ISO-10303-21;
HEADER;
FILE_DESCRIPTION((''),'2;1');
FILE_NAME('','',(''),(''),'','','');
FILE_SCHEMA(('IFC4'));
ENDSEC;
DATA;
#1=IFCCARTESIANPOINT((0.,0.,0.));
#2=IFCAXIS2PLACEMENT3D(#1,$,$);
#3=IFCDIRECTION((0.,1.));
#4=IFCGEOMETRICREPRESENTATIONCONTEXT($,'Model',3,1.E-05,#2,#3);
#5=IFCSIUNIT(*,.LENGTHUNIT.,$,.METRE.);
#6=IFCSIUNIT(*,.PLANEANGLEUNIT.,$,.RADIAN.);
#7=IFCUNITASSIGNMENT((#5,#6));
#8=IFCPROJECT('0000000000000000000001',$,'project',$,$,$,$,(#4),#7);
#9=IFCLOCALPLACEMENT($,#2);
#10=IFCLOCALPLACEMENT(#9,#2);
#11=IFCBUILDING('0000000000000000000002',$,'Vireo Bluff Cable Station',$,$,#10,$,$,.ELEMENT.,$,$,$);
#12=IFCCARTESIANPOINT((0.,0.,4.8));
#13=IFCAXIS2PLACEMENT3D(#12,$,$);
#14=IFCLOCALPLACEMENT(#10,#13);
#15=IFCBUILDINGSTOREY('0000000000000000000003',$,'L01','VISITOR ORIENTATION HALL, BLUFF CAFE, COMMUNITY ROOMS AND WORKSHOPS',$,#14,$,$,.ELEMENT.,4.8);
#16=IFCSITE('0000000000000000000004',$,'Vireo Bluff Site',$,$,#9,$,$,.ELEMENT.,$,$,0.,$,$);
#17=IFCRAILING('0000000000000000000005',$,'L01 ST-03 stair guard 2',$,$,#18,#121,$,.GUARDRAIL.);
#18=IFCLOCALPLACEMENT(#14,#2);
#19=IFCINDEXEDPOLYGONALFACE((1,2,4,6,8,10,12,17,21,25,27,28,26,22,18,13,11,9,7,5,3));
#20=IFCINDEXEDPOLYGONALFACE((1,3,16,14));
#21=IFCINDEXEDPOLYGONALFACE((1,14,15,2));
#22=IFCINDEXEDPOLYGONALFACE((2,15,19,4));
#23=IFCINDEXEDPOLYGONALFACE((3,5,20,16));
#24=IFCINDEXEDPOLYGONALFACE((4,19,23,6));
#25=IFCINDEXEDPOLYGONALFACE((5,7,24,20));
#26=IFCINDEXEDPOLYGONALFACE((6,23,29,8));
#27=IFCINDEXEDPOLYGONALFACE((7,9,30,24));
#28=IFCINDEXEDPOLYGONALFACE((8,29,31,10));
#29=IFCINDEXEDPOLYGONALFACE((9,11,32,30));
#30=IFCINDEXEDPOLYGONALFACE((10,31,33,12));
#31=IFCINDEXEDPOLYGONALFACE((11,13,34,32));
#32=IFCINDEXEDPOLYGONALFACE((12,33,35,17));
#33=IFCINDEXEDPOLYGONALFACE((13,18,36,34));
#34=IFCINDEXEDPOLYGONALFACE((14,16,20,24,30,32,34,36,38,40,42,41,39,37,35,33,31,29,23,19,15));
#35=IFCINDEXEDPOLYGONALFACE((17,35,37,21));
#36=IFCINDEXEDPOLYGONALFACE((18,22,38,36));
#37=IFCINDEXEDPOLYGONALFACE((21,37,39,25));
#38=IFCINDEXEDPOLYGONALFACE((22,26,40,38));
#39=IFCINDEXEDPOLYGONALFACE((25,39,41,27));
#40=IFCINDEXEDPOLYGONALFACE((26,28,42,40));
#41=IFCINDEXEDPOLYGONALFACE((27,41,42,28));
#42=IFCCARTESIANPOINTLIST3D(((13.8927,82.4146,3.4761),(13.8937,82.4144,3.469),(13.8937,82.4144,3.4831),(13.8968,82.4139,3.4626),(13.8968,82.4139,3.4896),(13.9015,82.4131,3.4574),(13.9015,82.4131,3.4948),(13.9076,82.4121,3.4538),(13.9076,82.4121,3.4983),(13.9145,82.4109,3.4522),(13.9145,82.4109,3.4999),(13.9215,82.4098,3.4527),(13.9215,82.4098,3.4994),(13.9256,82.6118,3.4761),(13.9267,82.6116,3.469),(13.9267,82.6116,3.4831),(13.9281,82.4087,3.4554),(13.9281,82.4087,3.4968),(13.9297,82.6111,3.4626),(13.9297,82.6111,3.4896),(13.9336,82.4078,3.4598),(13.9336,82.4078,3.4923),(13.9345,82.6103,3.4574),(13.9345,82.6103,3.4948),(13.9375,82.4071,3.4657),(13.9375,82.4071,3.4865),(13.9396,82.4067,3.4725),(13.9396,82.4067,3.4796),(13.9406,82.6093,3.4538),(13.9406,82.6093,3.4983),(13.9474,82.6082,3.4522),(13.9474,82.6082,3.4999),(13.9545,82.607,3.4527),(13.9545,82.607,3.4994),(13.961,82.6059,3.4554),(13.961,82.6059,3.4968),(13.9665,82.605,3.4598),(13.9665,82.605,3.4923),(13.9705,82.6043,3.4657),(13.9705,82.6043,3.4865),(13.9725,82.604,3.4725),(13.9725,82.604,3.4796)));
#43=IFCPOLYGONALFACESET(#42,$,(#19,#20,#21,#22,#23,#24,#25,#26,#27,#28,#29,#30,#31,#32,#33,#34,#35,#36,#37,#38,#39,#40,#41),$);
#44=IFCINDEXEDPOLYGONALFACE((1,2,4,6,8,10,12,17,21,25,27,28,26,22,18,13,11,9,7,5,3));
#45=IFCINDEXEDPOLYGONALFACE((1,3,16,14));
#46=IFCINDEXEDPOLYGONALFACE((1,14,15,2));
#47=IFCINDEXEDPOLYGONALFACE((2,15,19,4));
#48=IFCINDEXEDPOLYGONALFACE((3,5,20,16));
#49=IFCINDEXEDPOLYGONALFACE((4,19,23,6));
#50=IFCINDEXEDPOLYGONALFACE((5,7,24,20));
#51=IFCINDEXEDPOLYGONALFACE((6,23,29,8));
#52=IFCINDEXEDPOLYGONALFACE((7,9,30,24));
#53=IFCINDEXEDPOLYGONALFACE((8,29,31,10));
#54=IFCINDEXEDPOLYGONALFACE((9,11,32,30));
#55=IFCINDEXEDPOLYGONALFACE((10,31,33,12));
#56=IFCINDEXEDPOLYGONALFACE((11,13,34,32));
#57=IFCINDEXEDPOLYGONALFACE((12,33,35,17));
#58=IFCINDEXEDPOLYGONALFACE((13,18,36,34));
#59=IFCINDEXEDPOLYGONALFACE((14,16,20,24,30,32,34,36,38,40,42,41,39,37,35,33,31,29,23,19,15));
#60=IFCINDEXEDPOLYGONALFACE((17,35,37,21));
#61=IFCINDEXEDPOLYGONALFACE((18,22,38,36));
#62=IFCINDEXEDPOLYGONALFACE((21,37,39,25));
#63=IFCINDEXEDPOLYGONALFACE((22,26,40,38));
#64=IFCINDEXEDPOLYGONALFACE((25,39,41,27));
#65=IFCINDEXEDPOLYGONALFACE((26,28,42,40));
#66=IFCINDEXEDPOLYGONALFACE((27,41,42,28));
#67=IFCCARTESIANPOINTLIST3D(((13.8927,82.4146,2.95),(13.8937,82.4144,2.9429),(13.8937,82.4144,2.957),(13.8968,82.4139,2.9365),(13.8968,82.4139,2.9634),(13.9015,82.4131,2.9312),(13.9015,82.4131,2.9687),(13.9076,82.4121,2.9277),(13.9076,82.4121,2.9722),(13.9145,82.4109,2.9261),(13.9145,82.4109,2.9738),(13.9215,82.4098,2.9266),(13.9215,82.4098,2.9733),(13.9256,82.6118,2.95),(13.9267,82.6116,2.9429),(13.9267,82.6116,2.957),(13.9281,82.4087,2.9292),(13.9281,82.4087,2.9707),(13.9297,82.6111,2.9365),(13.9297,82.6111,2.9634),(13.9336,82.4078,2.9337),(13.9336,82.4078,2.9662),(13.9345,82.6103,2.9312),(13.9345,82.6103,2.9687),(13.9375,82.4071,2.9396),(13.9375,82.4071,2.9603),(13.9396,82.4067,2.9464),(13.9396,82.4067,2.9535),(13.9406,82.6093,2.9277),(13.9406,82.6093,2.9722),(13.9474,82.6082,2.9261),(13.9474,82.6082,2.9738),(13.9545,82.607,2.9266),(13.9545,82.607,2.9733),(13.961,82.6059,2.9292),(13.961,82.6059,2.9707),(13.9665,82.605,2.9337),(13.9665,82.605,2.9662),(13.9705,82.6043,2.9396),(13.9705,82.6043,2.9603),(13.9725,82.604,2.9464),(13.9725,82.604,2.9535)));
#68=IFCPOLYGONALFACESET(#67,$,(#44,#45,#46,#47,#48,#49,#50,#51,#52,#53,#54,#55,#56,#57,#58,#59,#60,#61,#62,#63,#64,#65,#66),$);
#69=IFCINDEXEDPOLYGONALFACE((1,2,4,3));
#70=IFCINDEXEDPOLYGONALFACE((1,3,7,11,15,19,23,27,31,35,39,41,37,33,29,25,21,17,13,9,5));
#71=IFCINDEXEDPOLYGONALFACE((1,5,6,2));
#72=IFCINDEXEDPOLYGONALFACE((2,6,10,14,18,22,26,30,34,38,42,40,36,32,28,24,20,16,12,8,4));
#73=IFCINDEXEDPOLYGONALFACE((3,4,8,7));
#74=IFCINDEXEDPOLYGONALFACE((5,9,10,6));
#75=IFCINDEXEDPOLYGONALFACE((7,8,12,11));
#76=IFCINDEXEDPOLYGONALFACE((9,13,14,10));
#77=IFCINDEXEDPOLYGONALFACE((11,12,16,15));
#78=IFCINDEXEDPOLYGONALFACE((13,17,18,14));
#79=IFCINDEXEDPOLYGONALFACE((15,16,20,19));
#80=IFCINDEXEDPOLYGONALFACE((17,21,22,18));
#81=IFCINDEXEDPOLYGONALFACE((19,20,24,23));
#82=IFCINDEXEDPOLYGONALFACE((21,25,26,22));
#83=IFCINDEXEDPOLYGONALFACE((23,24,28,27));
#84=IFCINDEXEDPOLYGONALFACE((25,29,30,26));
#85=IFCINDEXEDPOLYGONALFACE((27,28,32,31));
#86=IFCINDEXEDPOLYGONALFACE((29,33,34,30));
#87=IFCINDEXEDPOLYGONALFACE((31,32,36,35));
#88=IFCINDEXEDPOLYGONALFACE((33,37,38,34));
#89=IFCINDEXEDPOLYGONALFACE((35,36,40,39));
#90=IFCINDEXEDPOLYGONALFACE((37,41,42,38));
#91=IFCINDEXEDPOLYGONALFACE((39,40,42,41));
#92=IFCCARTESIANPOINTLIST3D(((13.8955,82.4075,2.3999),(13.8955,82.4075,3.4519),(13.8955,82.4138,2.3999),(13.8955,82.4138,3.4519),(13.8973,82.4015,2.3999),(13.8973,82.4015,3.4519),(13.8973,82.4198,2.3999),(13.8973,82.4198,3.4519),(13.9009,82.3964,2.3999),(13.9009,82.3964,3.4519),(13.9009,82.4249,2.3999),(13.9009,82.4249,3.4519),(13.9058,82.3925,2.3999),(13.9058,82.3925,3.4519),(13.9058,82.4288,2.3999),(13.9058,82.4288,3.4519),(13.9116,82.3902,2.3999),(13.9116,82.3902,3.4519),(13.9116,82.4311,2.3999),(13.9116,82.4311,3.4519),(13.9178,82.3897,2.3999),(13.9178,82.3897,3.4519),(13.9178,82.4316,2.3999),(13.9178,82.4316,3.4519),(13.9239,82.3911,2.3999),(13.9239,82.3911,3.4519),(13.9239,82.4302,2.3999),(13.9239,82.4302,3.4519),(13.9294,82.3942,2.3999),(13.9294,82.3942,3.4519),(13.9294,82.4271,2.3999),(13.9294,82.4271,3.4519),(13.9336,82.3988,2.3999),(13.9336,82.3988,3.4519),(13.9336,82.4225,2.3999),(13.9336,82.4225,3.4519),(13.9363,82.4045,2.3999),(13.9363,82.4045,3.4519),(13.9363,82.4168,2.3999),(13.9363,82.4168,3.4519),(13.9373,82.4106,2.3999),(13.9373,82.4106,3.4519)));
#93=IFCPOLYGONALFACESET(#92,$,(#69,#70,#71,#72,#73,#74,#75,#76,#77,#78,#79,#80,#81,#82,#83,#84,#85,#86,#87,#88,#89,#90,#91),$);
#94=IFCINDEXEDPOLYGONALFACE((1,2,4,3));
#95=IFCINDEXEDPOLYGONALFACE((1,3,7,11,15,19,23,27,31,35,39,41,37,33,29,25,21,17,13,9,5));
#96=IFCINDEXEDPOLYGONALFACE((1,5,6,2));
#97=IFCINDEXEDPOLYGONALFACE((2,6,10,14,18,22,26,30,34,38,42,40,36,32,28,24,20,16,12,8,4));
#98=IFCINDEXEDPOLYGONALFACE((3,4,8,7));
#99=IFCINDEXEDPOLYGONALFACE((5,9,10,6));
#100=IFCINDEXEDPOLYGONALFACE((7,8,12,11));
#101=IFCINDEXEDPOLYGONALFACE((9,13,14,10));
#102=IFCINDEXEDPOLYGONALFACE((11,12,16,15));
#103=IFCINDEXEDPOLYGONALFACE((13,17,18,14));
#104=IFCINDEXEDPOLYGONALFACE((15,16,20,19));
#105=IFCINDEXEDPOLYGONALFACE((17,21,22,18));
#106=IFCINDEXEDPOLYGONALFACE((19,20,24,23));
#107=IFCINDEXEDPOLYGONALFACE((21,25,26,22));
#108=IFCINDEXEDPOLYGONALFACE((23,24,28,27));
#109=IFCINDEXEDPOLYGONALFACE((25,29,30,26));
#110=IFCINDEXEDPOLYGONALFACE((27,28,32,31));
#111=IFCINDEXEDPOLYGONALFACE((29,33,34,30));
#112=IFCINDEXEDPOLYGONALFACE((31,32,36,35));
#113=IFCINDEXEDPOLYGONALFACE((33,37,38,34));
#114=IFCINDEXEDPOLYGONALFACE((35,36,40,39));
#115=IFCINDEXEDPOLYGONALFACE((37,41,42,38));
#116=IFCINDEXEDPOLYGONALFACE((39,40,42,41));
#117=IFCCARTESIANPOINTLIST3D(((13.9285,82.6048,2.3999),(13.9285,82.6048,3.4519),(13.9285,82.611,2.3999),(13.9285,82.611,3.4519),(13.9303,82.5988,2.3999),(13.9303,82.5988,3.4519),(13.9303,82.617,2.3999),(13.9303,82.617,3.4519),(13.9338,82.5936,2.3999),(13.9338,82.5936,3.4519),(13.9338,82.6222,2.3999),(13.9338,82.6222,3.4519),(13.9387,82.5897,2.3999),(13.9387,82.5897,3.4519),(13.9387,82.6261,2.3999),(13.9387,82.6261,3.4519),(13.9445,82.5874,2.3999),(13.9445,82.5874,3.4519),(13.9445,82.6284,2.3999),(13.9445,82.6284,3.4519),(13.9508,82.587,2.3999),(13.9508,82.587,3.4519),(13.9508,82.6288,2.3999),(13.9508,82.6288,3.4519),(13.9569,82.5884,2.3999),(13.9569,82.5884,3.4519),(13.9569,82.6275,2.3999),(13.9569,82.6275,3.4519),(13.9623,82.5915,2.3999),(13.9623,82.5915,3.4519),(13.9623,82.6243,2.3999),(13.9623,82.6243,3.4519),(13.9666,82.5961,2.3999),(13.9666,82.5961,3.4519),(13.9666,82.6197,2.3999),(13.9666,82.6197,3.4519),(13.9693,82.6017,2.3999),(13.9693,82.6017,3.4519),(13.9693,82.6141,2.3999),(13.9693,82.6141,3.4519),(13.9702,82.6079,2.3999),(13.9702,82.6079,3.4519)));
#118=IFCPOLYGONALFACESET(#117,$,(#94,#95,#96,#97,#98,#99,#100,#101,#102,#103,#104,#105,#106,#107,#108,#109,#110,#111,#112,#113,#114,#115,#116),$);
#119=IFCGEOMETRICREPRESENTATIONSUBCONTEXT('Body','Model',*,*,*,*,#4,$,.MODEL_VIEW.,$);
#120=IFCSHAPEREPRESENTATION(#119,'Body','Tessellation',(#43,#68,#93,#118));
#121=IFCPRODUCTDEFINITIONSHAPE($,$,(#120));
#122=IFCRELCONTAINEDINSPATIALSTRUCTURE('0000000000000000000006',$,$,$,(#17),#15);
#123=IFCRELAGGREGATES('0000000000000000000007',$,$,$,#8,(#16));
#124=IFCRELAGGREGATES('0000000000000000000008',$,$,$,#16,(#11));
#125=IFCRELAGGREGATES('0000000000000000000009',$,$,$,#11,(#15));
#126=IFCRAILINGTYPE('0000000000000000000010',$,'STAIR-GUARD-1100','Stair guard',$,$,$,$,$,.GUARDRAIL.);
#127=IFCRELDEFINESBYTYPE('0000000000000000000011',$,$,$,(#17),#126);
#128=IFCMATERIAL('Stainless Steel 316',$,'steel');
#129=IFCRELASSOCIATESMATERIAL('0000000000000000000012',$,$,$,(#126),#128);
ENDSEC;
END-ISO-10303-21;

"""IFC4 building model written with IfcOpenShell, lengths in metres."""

from ifc_helpers import new_model, si_unit, direction, frame, origin, origin_2d, place, context, subcontext, project, spatial, circle, extrude, material, type_object, element, save


model = new_model("IFC4")

# Units and contexts
model_context = context("Model", 3, precision=1e-05, world=origin(), true_north=direction((0.0, 1.0)))
body_context = subcontext(model_context, "Body", "Model", "MODEL_VIEW")
ifc_project = project(units=[si_unit("LENGTHUNIT", "METRE"), si_unit("PLANEANGLEUNIT", "RADIAN")], contexts=[model_context])

# Site, building, storey
site_placement = place(None, origin())
site = spatial("IfcSite", under=ifc_project, at=site_placement, Name="Vireo Bluff Site", CompositionType="ELEMENT", RefElevation=0.0)
building_placement = place(site_placement, origin())
building = spatial("IfcBuilding", under=site, at=building_placement, Name="Vireo Bluff Cable Station", CompositionType="ELEMENT")
storey_placement = place(building_placement, frame((0.0, 0.0, 4.8)))
storey = spatial("IfcBuildingStorey", under=building, at=storey_placement, Name="L01", Description="VISITOR ORIENTATION HALL, BLUFF CAFE, COMMUNITY ROOMS AND WORKSHOPS", CompositionType="ELEMENT", Elevation=4.8)

# Shared definitions
ifc_material_1 = material(Name="Stainless Steel 316", Category="steel")

# Railing
railing_type_1 = type_object("IfcRailingType", Name="STAIR-GUARD-1100", Description="Stair guard", PredefinedType="GUARDRAIL", material=ifc_material_1)
railing_1_placement = place(storey_placement, frame((13.9163, 82.4106, 2.3999)))
element("IfcRailing", 1, at=railing_1_placement, inside=storey, type_object=railing_type_1, Name="L01 ST-03 stair guard 2", PredefinedType="GUARDRAIL", context=body_context, shape_type="SweptSolid", body=[
    extrude(circle(Radius=0.0239, at=origin_2d()), frame((0.0, 0.0, 1.0762), z_axis=(0.164795, 0.986328, 0.0), x_axis=(-0.986328, 0.164795, 0.0)), (0.0, 0.0, 1.0), 0.2),
    extrude(circle(Radius=0.0239, at=origin_2d()), frame((0.0, 0.0, 0.55), z_axis=(0.164795, 0.986328, 0.0), x_axis=(-0.986328, 0.164795, 0.0)), (0.0, 0.0, 1.0), 0.2),
    extrude(circle(Radius=0.021, at=origin_2d()), origin(), (0.0, 0.0, 1.0), 1.052),
    extrude(circle(Radius=0.021, at=origin_2d()), frame((0.033, 0.1973, 0.0)), (0.0, 0.0, 1.0), 1.052),
])

save(model, "model.ifc")
